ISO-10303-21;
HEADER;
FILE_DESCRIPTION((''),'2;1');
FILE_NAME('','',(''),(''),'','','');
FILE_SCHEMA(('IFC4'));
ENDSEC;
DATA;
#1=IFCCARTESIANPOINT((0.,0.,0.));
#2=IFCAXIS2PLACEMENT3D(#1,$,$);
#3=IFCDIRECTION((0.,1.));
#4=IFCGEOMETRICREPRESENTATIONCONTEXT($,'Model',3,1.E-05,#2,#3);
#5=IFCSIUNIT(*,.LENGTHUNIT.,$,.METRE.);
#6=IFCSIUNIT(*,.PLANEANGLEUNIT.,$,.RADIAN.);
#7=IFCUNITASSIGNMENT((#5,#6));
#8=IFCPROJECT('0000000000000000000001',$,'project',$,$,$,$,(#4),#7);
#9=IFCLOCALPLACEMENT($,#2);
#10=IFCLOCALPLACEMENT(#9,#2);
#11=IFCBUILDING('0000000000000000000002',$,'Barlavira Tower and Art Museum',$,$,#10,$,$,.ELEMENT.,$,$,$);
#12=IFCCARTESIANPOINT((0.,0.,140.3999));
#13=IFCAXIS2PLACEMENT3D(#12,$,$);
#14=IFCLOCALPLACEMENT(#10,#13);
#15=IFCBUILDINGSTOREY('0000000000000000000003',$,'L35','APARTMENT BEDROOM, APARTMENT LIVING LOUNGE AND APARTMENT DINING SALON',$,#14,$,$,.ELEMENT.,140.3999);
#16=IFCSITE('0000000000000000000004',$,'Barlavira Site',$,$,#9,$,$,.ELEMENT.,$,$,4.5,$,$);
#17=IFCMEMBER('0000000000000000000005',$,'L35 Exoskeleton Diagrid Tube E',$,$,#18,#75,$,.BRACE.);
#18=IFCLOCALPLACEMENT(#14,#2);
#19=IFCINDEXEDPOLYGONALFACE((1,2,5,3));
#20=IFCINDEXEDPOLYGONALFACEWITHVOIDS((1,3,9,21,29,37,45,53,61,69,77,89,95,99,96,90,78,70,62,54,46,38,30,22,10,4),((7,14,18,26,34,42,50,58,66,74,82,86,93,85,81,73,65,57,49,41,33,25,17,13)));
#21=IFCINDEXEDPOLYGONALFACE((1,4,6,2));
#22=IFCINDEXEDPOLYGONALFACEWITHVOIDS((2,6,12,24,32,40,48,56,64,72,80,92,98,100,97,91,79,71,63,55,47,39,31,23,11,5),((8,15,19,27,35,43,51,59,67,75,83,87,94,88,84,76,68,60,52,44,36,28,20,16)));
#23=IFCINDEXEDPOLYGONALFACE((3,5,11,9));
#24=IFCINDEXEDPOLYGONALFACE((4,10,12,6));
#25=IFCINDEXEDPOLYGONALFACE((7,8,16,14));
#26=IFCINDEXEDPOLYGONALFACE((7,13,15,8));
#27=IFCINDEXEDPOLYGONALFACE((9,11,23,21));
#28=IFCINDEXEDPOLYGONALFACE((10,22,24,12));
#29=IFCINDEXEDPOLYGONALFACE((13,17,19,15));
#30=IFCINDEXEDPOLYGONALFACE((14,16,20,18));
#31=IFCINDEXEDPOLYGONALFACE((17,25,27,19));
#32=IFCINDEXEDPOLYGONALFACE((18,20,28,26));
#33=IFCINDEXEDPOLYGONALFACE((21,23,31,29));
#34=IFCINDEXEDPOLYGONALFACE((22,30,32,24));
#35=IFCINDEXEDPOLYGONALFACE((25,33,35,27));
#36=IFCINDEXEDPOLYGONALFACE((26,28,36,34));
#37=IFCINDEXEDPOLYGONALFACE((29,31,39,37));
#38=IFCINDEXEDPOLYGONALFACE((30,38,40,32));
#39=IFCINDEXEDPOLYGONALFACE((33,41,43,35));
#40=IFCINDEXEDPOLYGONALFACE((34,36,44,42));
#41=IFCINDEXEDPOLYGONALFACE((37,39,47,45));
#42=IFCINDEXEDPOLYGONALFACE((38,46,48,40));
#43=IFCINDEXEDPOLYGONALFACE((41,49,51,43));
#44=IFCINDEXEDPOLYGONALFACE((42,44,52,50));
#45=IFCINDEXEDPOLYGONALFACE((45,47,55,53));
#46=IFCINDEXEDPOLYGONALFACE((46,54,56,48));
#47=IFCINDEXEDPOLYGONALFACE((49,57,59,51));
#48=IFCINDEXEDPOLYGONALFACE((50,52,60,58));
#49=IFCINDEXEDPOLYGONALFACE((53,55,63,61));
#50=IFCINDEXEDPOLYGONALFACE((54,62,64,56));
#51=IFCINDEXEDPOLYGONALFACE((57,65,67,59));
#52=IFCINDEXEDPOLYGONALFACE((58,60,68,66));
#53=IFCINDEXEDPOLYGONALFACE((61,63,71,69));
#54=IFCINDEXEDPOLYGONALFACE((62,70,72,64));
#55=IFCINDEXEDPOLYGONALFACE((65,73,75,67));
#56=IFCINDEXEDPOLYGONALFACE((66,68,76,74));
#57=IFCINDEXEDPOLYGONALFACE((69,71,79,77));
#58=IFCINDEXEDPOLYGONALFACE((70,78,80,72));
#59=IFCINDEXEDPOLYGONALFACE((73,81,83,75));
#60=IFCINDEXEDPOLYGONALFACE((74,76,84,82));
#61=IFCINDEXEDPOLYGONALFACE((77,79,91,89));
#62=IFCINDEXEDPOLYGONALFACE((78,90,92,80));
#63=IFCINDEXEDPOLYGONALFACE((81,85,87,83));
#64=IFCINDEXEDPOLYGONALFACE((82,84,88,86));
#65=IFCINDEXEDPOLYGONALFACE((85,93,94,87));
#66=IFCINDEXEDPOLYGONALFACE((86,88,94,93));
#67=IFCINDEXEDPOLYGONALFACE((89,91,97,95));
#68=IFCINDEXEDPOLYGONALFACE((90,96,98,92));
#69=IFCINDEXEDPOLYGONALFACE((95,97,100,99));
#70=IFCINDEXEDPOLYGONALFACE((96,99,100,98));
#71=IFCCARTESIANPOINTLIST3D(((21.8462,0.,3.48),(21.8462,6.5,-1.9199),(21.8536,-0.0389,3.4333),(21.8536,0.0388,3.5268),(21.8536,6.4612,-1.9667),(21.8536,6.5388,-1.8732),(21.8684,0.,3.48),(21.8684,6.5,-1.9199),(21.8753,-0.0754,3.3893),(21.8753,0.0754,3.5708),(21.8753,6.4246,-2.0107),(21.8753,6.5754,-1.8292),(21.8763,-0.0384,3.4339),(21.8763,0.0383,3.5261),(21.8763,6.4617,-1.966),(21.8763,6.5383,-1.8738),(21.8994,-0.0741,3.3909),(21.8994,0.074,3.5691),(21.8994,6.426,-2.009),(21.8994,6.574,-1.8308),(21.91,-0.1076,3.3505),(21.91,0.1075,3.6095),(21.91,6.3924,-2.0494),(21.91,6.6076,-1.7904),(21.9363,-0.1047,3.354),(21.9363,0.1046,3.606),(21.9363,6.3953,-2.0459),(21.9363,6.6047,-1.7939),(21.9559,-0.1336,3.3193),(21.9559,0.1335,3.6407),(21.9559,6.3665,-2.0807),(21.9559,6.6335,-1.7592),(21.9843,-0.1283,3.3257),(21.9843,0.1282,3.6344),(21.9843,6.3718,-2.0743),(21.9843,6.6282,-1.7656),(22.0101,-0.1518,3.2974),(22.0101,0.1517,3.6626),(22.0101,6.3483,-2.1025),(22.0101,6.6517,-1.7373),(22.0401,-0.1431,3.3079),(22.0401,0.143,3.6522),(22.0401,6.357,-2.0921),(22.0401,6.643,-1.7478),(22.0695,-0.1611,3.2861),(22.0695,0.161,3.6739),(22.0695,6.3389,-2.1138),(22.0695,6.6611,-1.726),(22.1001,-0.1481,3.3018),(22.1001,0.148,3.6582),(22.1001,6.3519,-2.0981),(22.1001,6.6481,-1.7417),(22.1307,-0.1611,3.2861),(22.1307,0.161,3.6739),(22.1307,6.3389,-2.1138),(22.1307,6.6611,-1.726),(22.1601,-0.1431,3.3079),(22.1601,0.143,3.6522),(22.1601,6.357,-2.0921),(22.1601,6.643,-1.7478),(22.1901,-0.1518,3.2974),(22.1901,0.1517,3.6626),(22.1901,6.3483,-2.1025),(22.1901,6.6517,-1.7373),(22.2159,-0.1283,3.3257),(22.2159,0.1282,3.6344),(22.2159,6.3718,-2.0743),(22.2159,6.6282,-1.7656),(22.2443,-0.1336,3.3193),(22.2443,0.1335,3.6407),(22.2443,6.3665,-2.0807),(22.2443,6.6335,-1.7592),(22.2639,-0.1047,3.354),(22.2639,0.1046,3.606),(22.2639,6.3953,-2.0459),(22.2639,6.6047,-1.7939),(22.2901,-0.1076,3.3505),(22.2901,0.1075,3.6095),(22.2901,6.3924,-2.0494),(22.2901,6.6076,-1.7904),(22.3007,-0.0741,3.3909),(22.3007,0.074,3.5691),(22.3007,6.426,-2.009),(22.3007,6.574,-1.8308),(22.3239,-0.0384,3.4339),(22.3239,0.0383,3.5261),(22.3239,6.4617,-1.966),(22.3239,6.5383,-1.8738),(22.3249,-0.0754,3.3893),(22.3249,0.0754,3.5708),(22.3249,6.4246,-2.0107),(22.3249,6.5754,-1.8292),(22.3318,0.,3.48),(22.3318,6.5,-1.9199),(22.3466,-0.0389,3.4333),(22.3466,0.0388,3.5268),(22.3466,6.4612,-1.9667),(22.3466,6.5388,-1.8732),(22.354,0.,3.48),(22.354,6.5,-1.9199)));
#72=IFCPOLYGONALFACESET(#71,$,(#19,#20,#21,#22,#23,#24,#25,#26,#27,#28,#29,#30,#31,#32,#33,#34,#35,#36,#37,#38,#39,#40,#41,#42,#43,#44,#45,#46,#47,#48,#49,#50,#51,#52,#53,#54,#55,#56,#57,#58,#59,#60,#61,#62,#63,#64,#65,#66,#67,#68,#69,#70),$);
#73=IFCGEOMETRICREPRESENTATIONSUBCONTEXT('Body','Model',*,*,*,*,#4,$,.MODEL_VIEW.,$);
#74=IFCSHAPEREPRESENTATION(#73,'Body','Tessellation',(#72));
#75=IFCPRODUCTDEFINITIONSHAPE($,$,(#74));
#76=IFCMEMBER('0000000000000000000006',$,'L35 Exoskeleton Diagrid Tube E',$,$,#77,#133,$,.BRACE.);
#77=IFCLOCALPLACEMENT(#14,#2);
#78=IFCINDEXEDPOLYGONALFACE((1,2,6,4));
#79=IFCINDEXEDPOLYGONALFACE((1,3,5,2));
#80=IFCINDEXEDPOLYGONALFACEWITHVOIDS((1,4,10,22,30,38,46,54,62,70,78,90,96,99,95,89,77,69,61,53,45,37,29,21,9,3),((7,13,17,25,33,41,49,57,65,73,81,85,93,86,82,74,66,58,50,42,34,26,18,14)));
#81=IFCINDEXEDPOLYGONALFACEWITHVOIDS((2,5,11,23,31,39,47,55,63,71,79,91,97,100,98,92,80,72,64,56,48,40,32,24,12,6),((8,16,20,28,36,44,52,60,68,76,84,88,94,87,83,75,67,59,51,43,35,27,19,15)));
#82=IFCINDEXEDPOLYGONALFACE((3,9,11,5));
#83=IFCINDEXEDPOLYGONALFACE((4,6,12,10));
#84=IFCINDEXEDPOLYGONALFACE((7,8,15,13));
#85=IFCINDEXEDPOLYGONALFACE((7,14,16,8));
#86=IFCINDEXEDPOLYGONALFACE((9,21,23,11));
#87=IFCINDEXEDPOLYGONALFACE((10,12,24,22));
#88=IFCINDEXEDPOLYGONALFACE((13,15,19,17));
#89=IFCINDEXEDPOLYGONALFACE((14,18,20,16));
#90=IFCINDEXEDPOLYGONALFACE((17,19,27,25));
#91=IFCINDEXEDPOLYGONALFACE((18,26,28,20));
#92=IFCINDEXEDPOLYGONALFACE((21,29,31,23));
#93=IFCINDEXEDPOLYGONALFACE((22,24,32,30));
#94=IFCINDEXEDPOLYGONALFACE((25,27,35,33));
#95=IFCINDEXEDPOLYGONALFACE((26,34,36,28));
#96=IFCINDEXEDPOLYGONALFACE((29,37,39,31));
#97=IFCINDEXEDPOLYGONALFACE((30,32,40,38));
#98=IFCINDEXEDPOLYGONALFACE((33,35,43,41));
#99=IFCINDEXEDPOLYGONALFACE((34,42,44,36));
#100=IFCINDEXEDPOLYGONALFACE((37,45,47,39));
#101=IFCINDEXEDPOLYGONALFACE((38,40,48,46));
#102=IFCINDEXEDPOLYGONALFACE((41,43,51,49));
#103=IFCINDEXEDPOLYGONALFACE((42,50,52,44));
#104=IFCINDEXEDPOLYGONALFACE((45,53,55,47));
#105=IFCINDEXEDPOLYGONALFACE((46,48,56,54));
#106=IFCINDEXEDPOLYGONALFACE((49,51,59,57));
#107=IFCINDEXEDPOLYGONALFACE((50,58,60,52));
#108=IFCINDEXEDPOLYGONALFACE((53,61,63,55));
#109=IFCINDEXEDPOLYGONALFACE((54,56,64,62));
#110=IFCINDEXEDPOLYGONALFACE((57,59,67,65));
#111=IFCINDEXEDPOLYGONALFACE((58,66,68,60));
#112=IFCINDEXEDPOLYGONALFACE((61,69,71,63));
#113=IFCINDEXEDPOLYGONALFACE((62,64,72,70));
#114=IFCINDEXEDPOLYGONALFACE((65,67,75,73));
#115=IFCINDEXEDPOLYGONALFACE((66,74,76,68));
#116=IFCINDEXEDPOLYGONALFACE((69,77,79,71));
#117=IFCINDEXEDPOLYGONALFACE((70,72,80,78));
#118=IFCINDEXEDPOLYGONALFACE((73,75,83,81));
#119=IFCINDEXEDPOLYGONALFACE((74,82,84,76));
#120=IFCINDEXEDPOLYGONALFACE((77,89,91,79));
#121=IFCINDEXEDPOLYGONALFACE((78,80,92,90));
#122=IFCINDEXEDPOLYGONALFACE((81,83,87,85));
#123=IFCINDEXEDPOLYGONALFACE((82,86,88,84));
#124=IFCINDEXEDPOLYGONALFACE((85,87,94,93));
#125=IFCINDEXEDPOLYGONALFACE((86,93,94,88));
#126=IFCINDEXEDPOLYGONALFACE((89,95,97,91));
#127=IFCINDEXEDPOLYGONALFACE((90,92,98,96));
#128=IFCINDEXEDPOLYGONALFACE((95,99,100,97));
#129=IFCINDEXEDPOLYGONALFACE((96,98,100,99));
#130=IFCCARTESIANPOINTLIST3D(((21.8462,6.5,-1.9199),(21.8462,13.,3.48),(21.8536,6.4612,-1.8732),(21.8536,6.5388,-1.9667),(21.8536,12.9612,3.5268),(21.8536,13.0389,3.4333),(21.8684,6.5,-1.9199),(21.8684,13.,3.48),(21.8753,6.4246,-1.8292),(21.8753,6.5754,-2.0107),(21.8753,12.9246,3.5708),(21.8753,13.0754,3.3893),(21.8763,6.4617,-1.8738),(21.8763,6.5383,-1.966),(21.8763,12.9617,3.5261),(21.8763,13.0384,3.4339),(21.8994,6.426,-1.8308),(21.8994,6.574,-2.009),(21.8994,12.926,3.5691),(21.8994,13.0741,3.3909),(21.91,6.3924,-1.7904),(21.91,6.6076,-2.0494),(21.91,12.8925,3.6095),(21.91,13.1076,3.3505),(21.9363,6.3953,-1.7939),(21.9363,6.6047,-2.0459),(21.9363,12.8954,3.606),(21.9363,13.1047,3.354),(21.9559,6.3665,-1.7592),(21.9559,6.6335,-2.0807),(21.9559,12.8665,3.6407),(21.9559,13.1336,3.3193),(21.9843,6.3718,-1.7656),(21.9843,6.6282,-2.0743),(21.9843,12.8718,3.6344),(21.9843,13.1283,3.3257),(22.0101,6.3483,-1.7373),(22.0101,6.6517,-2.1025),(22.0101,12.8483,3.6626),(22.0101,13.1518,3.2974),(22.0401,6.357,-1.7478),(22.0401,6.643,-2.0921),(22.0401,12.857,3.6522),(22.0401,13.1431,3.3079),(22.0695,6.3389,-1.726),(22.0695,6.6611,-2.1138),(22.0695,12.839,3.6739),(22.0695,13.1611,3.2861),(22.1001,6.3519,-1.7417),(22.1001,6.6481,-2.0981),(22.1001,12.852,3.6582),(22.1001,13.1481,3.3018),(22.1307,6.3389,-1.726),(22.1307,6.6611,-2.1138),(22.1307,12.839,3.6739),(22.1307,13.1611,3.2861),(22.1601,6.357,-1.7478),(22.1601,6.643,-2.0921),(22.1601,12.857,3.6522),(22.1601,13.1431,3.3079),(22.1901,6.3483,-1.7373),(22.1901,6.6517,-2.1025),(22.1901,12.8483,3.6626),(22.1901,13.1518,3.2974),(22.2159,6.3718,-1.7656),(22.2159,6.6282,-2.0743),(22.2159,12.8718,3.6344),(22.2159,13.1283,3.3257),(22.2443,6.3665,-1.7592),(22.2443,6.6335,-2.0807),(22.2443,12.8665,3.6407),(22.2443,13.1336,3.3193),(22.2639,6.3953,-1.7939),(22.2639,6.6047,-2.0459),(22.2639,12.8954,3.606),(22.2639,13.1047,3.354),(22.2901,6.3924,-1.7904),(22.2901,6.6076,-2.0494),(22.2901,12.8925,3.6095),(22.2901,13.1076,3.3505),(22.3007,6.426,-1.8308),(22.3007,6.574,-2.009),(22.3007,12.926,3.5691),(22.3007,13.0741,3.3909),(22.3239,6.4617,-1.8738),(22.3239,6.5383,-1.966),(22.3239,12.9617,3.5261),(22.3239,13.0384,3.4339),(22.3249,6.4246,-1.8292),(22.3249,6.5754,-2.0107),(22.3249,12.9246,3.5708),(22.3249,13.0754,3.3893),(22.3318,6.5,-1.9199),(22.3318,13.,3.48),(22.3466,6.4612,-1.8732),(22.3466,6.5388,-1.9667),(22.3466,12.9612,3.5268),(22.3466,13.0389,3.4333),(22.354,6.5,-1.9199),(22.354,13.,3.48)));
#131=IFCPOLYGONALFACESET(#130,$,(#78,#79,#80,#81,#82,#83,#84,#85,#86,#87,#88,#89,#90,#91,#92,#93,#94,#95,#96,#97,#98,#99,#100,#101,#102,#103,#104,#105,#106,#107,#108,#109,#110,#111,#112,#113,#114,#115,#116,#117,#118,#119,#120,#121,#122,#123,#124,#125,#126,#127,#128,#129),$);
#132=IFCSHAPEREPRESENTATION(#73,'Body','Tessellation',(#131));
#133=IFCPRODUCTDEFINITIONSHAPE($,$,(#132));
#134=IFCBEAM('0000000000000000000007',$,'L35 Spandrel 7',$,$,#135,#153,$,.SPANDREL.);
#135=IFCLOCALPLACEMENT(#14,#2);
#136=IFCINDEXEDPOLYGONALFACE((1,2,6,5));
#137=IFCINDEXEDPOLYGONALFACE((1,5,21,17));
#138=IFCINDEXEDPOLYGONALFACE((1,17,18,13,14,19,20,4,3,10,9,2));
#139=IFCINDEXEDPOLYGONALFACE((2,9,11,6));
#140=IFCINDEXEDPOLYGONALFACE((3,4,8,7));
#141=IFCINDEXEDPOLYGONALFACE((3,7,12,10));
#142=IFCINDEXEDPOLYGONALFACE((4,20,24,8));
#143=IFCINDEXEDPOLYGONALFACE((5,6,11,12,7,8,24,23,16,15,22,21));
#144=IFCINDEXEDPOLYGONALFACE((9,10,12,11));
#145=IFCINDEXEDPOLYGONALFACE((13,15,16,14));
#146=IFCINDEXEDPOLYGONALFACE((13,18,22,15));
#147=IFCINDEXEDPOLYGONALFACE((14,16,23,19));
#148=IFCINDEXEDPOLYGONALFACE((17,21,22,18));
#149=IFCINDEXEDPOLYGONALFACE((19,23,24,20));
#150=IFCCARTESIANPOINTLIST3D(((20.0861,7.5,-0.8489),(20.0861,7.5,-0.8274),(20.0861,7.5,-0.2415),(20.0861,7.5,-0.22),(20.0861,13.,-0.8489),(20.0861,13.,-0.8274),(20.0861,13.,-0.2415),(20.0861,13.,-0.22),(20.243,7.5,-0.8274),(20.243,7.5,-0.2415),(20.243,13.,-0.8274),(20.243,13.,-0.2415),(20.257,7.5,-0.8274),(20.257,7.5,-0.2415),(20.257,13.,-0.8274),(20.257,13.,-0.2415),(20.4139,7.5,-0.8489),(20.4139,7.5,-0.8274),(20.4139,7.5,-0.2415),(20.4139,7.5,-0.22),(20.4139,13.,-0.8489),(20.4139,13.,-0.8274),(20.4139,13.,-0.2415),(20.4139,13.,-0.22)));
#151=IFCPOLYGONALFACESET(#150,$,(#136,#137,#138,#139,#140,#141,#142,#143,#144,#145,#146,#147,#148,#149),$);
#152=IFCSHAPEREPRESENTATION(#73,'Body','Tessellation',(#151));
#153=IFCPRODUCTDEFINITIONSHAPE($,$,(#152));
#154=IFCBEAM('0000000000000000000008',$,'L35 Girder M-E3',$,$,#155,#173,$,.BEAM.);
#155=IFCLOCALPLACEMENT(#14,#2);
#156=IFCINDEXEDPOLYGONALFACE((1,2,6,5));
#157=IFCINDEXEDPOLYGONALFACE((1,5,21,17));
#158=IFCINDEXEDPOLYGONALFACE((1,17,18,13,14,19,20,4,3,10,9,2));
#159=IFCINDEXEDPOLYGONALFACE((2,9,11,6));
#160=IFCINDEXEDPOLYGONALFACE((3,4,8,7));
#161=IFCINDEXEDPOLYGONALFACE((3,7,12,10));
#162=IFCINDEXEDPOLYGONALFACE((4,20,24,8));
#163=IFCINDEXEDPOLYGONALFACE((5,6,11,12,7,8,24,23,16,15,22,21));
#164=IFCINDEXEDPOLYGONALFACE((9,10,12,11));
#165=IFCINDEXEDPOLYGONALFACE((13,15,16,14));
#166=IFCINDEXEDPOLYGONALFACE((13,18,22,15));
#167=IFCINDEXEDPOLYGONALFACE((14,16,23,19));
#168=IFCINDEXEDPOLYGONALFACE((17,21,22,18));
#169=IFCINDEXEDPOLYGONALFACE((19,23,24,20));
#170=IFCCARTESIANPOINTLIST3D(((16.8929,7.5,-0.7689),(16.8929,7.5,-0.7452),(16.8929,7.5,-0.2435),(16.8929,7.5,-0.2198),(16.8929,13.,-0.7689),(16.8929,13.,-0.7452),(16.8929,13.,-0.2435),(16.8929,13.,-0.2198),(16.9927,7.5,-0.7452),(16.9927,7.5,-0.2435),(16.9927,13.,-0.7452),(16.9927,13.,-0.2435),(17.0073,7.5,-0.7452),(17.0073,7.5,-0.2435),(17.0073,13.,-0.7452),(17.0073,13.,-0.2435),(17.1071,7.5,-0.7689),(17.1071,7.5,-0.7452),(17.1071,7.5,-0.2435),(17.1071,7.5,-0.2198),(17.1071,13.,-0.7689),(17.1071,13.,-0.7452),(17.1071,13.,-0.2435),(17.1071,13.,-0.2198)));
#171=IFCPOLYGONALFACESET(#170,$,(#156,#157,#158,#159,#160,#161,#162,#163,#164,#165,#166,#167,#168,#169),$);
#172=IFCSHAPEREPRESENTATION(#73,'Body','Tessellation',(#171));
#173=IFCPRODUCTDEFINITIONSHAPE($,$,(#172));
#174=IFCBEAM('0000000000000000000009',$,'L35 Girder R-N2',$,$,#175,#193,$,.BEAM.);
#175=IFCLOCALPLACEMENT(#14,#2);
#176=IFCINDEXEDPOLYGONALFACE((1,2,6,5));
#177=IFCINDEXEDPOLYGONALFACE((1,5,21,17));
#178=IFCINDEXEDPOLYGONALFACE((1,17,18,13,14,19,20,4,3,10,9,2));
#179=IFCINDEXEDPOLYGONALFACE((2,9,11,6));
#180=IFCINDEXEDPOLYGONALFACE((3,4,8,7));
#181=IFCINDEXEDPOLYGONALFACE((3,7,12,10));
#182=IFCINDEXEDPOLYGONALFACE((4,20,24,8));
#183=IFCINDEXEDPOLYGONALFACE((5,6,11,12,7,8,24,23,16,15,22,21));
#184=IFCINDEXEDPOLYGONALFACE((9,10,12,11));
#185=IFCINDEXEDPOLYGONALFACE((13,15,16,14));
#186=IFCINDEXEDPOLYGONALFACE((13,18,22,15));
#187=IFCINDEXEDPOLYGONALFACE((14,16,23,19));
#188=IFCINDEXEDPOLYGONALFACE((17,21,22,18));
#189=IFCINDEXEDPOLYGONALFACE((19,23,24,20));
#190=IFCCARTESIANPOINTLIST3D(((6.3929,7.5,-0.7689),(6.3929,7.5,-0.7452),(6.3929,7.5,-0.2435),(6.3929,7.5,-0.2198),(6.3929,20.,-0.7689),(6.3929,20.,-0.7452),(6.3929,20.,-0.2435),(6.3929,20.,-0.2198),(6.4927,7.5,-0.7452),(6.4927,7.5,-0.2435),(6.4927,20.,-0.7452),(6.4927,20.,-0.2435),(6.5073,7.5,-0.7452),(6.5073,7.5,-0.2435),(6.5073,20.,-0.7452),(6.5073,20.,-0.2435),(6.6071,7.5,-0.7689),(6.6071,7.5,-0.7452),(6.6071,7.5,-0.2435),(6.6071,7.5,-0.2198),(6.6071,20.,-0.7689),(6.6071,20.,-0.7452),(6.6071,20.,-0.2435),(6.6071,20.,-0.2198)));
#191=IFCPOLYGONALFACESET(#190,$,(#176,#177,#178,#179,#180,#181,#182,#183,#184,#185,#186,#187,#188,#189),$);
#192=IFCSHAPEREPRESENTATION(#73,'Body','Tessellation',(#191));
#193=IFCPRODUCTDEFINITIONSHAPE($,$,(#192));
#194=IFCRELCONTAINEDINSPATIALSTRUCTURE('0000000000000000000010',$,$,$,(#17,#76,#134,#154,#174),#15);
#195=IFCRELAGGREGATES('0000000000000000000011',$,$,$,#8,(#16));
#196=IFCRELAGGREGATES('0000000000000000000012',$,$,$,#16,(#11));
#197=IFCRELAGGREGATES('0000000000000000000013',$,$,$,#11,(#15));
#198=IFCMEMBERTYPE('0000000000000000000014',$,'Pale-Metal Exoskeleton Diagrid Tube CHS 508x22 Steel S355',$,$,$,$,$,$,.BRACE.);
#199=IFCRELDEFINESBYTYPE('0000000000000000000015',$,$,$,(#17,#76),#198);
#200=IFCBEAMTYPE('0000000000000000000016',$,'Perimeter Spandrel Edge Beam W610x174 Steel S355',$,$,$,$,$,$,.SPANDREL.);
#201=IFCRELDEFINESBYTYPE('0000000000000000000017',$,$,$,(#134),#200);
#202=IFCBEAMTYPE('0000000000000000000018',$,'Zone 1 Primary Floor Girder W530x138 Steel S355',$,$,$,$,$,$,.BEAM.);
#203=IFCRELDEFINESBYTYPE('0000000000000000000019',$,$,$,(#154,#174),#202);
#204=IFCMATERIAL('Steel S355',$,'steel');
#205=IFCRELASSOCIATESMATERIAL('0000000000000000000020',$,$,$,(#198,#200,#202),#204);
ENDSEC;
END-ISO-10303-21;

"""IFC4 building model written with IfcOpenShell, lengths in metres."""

from ifc_helpers import new_model, si_unit, direction, frame, origin, origin_2d, place, context, subcontext, project, spatial, hollow_circle, i_section, extrude, material, material_profile, profile_set, type_object, element, save


model = new_model("IFC4")

# Units and contexts
model_context = context("Model", 3, precision=1e-05, world=origin(), true_north=direction((0.0, 1.0)))
body_context = subcontext(model_context, "Body", "Model", "MODEL_VIEW")
ifc_project = project(units=[si_unit("LENGTHUNIT", "METRE"), si_unit("PLANEANGLEUNIT", "RADIAN")], contexts=[model_context])

# Site, building, storey
site_placement = place(None, origin())
site = spatial("IfcSite", under=ifc_project, at=site_placement, Name="Barlavira Site", CompositionType="ELEMENT", RefElevation=4.5)
building_placement = place(site_placement, origin())
building = spatial("IfcBuilding", under=site, at=building_placement, Name="Barlavira Tower and Art Museum", CompositionType="ELEMENT")
storey_placement = place(building_placement, frame((0.0, 0.0, 140.3999)))
storey = spatial("IfcBuildingStorey", under=building, at=storey_placement, Name="L35", Description="APARTMENT BEDROOM, APARTMENT LIVING LOUNGE AND APARTMENT DINING SALON", CompositionType="ELEMENT", Elevation=140.3999)

# Shared definitions
ifc_material_1 = material(Name="Steel S355", Category="steel")

# Members
ifc_material_profile_1 = material_profile(ifc_material_1, hollow_circle(Radius=0.2539, WallThickness=0.0222, at=origin_2d()), Name="CHS 508.0x22.2")
ifc_profile_set_1 = profile_set([ifc_material_profile_1], Name="Steel S355")
member_type_1 = type_object("IfcMemberType", Name="Pale-Metal Exoskeleton Diagrid Tube CHS 508x22 Steel S355", PredefinedType="BRACE", material=ifc_profile_set_1)
for number, where, z_axis, x_axis, name in (
    (1, (22.1001, 6.5, -1.9199), (0.0, -0.769196, 0.639013), (1.0, 0.0, 0.0), "L35 Exoskeleton Diagrid Tube E"),
    (2, (22.1001, 6.5, -1.9199), (0.0, 0.769196, 0.639013), (-1.0, 0.0, 0.0), "L35 Exoskeleton Diagrid Tube E"),
):
    element("IfcMember", number, at=place(storey_placement, frame(where, z_axis=z_axis, x_axis=x_axis)), inside=storey, type_object=member_type_1, Name=name, PredefinedType="BRACE", context=body_context, shape_type="SweptSolid", body=[
        extrude(hollow_circle(Radius=0.2539, WallThickness=0.0222, at=origin_2d()), origin(), (0.0, 0.0, 1.0), 8.4504),
    ])

# Beams
ifc_material_profile_2 = material_profile(ifc_material_1, i_section(OverallWidth=0.3279, OverallDepth=0.6289, WebThickness=0.0139, FlangeThickness=0.0215, at=origin_2d()), Name="W610x174.0")
ifc_profile_set_2 = profile_set([ifc_material_profile_2], Name="Steel S355")
beam_type_1 = type_object("IfcBeamType", Name="Perimeter Spandrel Edge Beam W610x174 Steel S355", PredefinedType="SPANDREL", material=ifc_profile_set_2)
beam_1_placement = place(storey_placement, frame((20.25, 7.5, -0.5344), z_axis=(0.0, 1.0, 0.0), x_axis=(-1.0, 0.0, 0.0)))
element("IfcBeam", 3, at=beam_1_placement, inside=storey, type_object=beam_type_1, Name="L35 Spandrel 7", PredefinedType="SPANDREL", context=body_context, shape_type="SweptSolid", body=[
    extrude(i_section(OverallWidth=0.3279, OverallDepth=0.6289, WebThickness=0.0139, FlangeThickness=0.0215, at=origin_2d()), origin(), (0.0, 0.0, 1.0), 5.5),
])
ifc_material_profile_3 = material_profile(ifc_material_1, i_section(OverallWidth=0.2141, OverallDepth=0.5491, WebThickness=0.0146, FlangeThickness=0.0237, at=origin_2d()), Name="W530x138.0")
ifc_profile_set_3 = profile_set([ifc_material_profile_3], Name="Steel S355")
beam_type_2 = type_object("IfcBeamType", Name="Zone 1 Primary Floor Girder W530x138 Steel S355", PredefinedType="BEAM", material=ifc_profile_set_3)
beam_2_placement = place(storey_placement, frame((17.0, 7.5, -0.4944), z_axis=(0.0, 1.0, 0.0), x_axis=(-1.0, 0.0, 0.0)))
element("IfcBeam", 4, at=beam_2_placement, inside=storey, type_object=beam_type_2, Name="L35 Girder M-E3", PredefinedType="BEAM", context=body_context, shape_type="SweptSolid", body=[
    extrude(i_section(OverallWidth=0.2141, OverallDepth=0.5491, WebThickness=0.0146, FlangeThickness=0.0237, at=origin_2d()), origin(), (0.0, 0.0, 1.0), 5.5),
])
beam_3_placement = place(storey_placement, frame((6.5, 7.5, -0.4944), z_axis=(0.0, 1.0, 0.0), x_axis=(-1.0, 0.0, 0.0)))
element("IfcBeam", 5, at=beam_3_placement, inside=storey, type_object=beam_type_2, Name="L35 Girder R-N2", PredefinedType="BEAM", context=body_context, shape_type="SweptSolid", body=[
    extrude(i_section(OverallWidth=0.2141, OverallDepth=0.5491, WebThickness=0.0146, FlangeThickness=0.0237, at=origin_2d()), origin(), (0.0, 0.0, 1.0), 12.5),
])

save(model, "model.ifc")
